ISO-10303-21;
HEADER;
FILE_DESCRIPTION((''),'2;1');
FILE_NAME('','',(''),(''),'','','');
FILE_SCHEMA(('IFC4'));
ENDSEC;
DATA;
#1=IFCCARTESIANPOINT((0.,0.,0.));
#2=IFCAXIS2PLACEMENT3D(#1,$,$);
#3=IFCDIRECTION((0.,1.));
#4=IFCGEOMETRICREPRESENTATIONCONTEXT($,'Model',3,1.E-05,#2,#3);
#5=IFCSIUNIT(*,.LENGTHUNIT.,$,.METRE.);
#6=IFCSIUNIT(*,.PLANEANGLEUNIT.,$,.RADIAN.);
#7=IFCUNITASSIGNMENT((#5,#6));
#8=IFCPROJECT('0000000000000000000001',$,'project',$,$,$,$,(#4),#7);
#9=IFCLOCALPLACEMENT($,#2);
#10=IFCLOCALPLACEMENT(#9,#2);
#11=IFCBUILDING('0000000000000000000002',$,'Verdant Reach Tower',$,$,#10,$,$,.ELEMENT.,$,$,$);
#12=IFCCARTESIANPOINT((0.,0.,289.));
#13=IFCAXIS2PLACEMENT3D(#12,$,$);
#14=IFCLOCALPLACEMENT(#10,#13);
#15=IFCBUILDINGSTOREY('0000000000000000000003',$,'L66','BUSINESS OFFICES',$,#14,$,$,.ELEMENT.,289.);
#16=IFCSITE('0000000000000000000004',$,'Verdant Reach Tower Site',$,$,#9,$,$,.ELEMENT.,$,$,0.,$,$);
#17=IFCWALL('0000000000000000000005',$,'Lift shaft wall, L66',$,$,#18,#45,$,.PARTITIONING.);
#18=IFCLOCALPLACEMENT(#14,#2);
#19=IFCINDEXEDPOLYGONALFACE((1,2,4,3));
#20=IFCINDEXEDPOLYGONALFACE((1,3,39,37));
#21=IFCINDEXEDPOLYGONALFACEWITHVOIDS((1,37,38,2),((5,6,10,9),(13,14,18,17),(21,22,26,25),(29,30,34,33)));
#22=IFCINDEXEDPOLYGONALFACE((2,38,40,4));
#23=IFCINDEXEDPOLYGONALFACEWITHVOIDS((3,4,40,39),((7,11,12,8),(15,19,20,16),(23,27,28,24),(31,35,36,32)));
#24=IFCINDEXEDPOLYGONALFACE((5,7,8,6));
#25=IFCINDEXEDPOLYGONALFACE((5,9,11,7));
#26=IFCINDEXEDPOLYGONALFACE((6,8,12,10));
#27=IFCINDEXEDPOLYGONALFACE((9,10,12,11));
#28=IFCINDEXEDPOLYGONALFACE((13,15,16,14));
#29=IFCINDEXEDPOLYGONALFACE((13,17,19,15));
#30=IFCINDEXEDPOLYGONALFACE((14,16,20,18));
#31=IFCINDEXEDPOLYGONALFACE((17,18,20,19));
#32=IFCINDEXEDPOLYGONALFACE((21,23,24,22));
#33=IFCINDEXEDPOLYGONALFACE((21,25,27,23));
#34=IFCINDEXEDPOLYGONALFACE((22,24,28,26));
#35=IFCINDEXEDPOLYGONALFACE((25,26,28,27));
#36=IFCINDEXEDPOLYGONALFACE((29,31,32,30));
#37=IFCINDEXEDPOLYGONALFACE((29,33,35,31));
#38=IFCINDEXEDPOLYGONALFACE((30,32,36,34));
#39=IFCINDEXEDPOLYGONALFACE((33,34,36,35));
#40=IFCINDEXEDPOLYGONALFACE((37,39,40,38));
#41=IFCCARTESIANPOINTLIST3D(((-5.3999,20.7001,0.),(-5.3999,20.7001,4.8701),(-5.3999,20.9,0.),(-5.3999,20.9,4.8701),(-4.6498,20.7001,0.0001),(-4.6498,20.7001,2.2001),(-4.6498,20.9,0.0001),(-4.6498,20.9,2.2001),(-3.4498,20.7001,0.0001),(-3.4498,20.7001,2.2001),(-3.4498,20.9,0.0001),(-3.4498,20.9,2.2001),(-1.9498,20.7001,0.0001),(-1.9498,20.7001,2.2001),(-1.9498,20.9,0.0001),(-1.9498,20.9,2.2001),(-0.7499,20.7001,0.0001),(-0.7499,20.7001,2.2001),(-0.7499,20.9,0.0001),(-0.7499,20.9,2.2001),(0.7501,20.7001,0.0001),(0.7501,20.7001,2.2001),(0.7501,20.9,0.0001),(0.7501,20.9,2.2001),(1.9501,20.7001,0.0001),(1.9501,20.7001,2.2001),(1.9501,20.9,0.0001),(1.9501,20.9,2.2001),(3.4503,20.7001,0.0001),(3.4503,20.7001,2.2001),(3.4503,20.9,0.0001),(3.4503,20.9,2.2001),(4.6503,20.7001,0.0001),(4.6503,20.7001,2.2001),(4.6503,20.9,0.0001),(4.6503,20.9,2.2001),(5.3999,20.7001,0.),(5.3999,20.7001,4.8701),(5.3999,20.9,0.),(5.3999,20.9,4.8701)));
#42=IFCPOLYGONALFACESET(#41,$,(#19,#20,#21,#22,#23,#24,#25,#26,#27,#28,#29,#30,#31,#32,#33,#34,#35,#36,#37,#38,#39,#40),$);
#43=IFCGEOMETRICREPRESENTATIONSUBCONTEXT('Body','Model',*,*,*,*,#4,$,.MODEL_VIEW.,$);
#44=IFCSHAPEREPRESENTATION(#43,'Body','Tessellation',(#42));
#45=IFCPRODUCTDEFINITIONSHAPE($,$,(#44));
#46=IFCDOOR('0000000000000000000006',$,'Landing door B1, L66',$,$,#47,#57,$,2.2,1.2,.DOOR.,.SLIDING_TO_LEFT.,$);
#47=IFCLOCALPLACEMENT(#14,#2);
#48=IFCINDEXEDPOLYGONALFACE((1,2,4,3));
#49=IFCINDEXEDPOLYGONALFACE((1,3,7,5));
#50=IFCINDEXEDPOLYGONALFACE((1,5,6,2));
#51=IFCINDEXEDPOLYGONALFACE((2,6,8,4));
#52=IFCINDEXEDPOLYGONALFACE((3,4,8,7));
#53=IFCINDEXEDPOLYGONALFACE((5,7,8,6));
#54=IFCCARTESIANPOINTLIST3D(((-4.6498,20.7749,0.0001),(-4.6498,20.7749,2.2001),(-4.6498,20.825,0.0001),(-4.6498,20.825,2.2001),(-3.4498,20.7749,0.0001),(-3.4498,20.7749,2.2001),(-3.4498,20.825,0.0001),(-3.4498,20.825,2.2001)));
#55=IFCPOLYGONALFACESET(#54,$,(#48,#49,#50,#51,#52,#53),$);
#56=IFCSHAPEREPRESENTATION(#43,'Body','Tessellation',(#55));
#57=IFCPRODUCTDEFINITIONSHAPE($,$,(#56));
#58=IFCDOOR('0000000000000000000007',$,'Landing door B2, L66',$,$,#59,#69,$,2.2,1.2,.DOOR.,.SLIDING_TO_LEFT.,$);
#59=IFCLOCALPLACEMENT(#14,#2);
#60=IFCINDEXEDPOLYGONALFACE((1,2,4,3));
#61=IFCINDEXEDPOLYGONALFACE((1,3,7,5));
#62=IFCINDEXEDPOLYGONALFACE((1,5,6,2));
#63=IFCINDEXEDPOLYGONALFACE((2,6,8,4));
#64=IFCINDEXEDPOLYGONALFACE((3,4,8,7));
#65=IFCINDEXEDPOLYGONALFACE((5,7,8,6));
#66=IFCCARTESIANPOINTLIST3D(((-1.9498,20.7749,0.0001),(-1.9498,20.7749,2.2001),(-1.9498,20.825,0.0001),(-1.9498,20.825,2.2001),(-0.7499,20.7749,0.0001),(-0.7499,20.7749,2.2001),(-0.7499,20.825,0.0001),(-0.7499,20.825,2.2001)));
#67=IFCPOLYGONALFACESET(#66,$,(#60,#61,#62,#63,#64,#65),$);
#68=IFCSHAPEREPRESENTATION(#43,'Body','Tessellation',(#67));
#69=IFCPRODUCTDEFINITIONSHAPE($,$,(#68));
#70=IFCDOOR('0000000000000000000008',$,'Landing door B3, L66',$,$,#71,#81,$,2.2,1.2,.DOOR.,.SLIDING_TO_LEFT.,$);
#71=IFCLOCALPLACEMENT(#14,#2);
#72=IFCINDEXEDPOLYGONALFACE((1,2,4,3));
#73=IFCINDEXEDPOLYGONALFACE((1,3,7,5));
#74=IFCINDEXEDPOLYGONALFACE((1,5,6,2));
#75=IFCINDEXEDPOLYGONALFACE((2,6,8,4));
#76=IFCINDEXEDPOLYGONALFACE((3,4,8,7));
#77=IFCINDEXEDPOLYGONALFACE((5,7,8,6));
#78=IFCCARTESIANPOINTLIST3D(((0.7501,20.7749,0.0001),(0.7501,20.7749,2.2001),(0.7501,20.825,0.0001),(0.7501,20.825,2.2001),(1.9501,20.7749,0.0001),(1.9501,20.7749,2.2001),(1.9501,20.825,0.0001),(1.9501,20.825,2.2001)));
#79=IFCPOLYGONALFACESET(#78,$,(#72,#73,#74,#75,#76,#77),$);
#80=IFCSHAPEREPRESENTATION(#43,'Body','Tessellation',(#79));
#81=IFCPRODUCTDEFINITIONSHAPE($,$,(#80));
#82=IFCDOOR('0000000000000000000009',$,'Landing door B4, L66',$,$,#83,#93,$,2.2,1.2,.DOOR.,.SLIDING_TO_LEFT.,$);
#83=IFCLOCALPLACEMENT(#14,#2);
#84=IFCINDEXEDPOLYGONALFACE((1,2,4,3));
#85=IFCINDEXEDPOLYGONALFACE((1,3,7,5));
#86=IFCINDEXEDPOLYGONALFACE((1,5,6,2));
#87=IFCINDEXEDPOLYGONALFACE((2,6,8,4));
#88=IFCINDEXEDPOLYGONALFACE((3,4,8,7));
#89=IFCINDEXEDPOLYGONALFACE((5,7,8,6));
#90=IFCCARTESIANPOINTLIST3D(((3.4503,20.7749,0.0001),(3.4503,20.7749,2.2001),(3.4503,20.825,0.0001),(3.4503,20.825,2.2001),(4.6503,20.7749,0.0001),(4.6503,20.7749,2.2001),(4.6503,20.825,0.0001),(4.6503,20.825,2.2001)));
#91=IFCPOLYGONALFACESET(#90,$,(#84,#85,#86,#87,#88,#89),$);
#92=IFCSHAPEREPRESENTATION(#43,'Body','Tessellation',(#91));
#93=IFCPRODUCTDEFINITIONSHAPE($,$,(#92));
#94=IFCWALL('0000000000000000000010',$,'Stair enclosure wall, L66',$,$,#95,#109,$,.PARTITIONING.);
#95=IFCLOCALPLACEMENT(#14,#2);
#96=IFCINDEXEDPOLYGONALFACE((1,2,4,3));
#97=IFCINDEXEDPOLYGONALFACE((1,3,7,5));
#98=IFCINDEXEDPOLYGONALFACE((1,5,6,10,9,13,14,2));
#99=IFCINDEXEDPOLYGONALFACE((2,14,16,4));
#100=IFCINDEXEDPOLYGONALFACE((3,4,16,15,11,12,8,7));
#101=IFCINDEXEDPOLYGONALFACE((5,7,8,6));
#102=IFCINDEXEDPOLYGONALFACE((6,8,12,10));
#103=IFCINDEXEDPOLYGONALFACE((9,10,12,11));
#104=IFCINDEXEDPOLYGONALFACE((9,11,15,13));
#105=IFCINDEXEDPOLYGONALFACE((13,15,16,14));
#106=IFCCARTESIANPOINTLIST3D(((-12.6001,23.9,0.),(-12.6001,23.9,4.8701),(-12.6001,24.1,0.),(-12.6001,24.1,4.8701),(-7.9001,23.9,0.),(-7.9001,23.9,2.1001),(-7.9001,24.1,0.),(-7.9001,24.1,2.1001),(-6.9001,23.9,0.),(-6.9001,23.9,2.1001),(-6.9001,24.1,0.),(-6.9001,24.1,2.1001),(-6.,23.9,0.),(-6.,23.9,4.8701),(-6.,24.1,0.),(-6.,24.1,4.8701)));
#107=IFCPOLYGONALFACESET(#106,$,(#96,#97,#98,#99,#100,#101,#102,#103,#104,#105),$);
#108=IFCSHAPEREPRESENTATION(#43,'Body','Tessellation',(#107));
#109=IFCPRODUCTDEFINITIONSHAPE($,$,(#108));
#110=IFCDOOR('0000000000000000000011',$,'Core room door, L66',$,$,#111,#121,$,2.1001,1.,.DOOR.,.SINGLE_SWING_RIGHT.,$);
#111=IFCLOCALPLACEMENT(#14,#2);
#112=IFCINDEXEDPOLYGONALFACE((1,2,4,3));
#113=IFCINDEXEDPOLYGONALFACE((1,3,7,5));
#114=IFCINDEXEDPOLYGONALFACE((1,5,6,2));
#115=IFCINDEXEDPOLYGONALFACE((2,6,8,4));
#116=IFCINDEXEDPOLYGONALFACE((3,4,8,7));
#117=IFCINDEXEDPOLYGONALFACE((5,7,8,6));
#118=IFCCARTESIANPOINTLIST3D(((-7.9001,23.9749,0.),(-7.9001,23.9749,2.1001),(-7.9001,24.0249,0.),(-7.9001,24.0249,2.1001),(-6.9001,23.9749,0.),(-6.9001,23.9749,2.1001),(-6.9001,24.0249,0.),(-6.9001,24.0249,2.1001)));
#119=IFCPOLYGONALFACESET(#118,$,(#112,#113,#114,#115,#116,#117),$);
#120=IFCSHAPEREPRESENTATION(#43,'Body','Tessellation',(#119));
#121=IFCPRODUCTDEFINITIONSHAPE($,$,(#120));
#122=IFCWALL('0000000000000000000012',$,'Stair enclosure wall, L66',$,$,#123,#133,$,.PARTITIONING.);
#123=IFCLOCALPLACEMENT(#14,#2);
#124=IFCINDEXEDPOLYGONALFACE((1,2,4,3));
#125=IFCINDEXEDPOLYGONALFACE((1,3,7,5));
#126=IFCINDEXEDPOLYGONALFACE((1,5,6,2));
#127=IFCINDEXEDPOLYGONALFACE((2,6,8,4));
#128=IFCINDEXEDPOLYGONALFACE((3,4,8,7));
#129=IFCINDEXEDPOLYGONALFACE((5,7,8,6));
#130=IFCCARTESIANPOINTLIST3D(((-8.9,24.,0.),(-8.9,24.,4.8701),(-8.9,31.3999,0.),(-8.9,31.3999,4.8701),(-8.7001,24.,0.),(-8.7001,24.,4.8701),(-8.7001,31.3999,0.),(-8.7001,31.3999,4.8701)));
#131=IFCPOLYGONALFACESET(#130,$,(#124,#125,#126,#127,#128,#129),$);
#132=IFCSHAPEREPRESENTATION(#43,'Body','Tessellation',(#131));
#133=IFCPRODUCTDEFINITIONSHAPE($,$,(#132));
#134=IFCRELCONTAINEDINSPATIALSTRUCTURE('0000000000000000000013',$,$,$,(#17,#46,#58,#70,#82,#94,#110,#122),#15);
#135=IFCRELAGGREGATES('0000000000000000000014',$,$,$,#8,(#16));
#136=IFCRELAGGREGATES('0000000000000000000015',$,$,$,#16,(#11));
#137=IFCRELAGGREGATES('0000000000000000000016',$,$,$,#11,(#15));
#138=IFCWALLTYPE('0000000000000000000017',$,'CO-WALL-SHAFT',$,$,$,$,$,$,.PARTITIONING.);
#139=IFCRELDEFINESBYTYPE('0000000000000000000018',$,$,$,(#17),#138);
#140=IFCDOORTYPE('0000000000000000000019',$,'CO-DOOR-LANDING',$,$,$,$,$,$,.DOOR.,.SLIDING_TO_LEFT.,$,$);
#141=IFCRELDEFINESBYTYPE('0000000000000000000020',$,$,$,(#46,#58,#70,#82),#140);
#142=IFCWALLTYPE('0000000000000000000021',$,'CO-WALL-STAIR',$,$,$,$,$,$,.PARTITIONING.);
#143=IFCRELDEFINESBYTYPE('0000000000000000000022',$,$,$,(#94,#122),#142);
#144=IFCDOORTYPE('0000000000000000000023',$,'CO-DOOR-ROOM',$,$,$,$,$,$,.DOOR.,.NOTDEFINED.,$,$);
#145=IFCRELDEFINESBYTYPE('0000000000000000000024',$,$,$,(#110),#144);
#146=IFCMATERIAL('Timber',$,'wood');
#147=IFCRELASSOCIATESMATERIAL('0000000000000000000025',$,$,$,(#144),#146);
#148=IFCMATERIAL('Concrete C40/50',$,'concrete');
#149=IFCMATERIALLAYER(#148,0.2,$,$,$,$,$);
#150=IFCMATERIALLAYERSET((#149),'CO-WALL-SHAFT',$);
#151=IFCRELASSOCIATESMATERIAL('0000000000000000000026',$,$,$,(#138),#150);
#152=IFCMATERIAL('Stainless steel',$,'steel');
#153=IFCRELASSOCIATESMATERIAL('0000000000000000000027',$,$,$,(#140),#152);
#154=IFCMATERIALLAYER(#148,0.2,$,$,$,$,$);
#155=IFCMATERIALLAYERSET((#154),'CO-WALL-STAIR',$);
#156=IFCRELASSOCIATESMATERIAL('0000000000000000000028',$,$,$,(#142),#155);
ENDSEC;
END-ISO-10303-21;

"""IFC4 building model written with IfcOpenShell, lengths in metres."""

from ifc_helpers import new_model, si_unit, direction, frame, frame_2d, origin, place, context, subcontext, project, spatial, rectangle, extrude, material, layer, layer_set, type_object, element, fill, save


model = new_model("IFC4")

# Units and contexts
model_context = context("Model", 3, precision=1e-05, world=origin(), true_north=direction((0.0, 1.0)))
body_context = subcontext(model_context, "Body", "Model", "MODEL_VIEW")
ifc_project = project(units=[si_unit("LENGTHUNIT", "METRE"), si_unit("PLANEANGLEUNIT", "RADIAN")], contexts=[model_context])

# Site, building, storey
site_placement = place(None, origin())
site = spatial("IfcSite", under=ifc_project, at=site_placement, Name="Verdant Reach Tower Site", CompositionType="ELEMENT", RefElevation=0.0)
building_placement = place(site_placement, origin())
building = spatial("IfcBuilding", under=site, at=building_placement, Name="Verdant Reach Tower", CompositionType="ELEMENT")
storey_placement = place(building_placement, frame((0.0, 0.0, 289.0)))
storey = spatial("IfcBuildingStorey", under=building, at=storey_placement, Name="L66", Description="BUSINESS OFFICES", CompositionType="ELEMENT", Elevation=289.0)

# Shared definitions
ifc_material_1 = material(Name="Timber", Category="wood")
door_type_1 = type_object("IfcDoorType", Name="CO-DOOR-ROOM", OperationType="NOTDEFINED", PredefinedType="DOOR", material=ifc_material_1)

# Wall, openings, doors
ifc_material_2 = material(Name="Concrete C40/50", Category="concrete")
ifc_layer_1 = layer(ifc_material_2, 0.2)
ifc_layer_set_1 = layer_set([ifc_layer_1], Name="CO-WALL-SHAFT")
wall_type_1 = type_object("IfcWallType", Name="CO-WALL-SHAFT", PredefinedType="PARTITIONING", material=ifc_layer_set_1)
wall_1_placement = place(storey_placement, frame((-5.3999, 20.8, 0.0), z_axis=(0.0, 0.0, 1.0), x_axis=(1.0, 0.0, 0.0)))
wall_1 = element("IfcWall", 1, at=wall_1_placement, inside=storey, type_object=wall_type_1, Name="Lift shaft wall, L66", PredefinedType="PARTITIONING", context=body_context, shape_type="SweptSolid", body=[
    extrude(rectangle(XDim=10.7998, YDim=0.2, at=frame_2d((5.3999, 0.0))), origin(), (0.0, 0.0, 1.0), 4.8701),
])
opening_1_placement = place(wall_1_placement, frame((0.75, 0.0, 0.0)))
opening_1 = element("IfcOpeningElement", 2, at=opening_1_placement, cuts=wall_1, PredefinedType="OPENING", context=body_context, shape_type="SweptSolid", body=[
    extrude(rectangle(XDim=1.2, YDim=2.2, at=frame_2d((0.6001, 1.1001))), frame((0.0, 0.1099, 0.0), z_axis=(0.0, -1.0, 0.0), x_axis=(1.0, 0.0, 0.0)), (0.0, 0.0, 1.0), 0.22),
])
opening_2_placement = place(wall_1_placement, frame((3.45, 0.0, 0.0)))
opening_2 = element("IfcOpeningElement", 3, at=opening_2_placement, cuts=wall_1, PredefinedType="OPENING", context=body_context, shape_type="SweptSolid", body=[
    extrude(rectangle(XDim=1.2, YDim=2.2, at=frame_2d((0.6001, 1.1001))), frame((0.0, 0.1099, 0.0), z_axis=(0.0, -1.0, 0.0), x_axis=(1.0, 0.0, 0.0)), (0.0, 0.0, 1.0), 0.22),
])
opening_3_placement = place(wall_1_placement, frame((6.1499, 0.0, 0.0)))
opening_3 = element("IfcOpeningElement", 4, at=opening_3_placement, cuts=wall_1, PredefinedType="OPENING", context=body_context, shape_type="SweptSolid", body=[
    extrude(rectangle(XDim=1.2, YDim=2.2, at=frame_2d((0.6001, 1.1001))), frame((0.0, 0.1099, 0.0), z_axis=(0.0, -1.0, 0.0), x_axis=(1.0, 0.0, 0.0)), (0.0, 0.0, 1.0), 0.22),
])
opening_4_placement = place(wall_1_placement, frame((8.8501, 0.0, 0.0)))
opening_4 = element("IfcOpeningElement", 5, at=opening_4_placement, cuts=wall_1, PredefinedType="OPENING", context=body_context, shape_type="SweptSolid", body=[
    extrude(rectangle(XDim=1.2, YDim=2.2, at=frame_2d((0.6001, 1.1001))), frame((0.0, 0.1099, 0.0), z_axis=(0.0, -1.0, 0.0), x_axis=(1.0, 0.0, 0.0)), (0.0, 0.0, 1.0), 0.22),
])
ifc_material_3 = material(Name="Stainless steel", Category="steel")
door_type_2 = type_object("IfcDoorType", Name="CO-DOOR-LANDING", OperationType="SLIDING_TO_LEFT", PredefinedType="DOOR", material=ifc_material_3)
door_1_placement = place(opening_1_placement, origin())
door_1 = element("IfcDoor", 6, at=door_1_placement, inside=storey, type_object=door_type_2, Name="Landing door B1, L66", OperationType="SLIDING_TO_LEFT", OverallHeight=2.2, OverallWidth=1.2, PredefinedType="DOOR", context=body_context, shape_type="SweptSolid", body=[
    extrude(rectangle(XDim=1.2, YDim=2.2, at=frame_2d((0.6001, 1.1001))), frame((0.0, 0.0249, 0.0), z_axis=(0.0, -1.0, 0.0), x_axis=(1.0, 0.0, 0.0)), (0.0, 0.0, 1.0), 0.05),
])
fill(opening_1, door_1)
door_2_placement = place(opening_2_placement, origin())
door_2 = element("IfcDoor", 7, at=door_2_placement, inside=storey, type_object=door_type_2, Name="Landing door B2, L66", OperationType="SLIDING_TO_LEFT", OverallHeight=2.2, OverallWidth=1.2, PredefinedType="DOOR", context=body_context, shape_type="SweptSolid", body=[
    extrude(rectangle(XDim=1.2, YDim=2.2, at=frame_2d((0.6001, 1.1001))), frame((0.0, 0.0249, 0.0), z_axis=(0.0, -1.0, 0.0), x_axis=(1.0, 0.0, 0.0)), (0.0, 0.0, 1.0), 0.05),
])
fill(opening_2, door_2)
door_3_placement = place(opening_3_placement, origin())
door_3 = element("IfcDoor", 8, at=door_3_placement, inside=storey, type_object=door_type_2, Name="Landing door B3, L66", OperationType="SLIDING_TO_LEFT", OverallHeight=2.2, OverallWidth=1.2, PredefinedType="DOOR", context=body_context, shape_type="SweptSolid", body=[
    extrude(rectangle(XDim=1.2, YDim=2.2, at=frame_2d((0.6001, 1.1001))), frame((0.0, 0.0249, 0.0), z_axis=(0.0, -1.0, 0.0), x_axis=(1.0, 0.0, 0.0)), (0.0, 0.0, 1.0), 0.05),
])
fill(opening_3, door_3)
door_4_placement = place(opening_4_placement, origin())
door_4 = element("IfcDoor", 9, at=door_4_placement, inside=storey, type_object=door_type_2, Name="Landing door B4, L66", OperationType="SLIDING_TO_LEFT", OverallHeight=2.2, OverallWidth=1.2, PredefinedType="DOOR", context=body_context, shape_type="SweptSolid", body=[
    extrude(rectangle(XDim=1.2, YDim=2.2, at=frame_2d((0.6001, 1.1001))), frame((0.0, 0.0249, 0.0), z_axis=(0.0, -1.0, 0.0), x_axis=(1.0, 0.0, 0.0)), (0.0, 0.0, 1.0), 0.05),
])
fill(opening_4, door_4)

# Wall, opening, door
ifc_layer_2 = layer(ifc_material_2, 0.2)
ifc_layer_set_2 = layer_set([ifc_layer_2], Name="CO-WALL-STAIR")
wall_type_2 = type_object("IfcWallType", Name="CO-WALL-STAIR", PredefinedType="PARTITIONING", material=ifc_layer_set_2)
wall_2_placement = place(storey_placement, frame((-12.6001, 24.0, 0.0), z_axis=(0.0, 0.0, 1.0), x_axis=(1.0, 0.0, 0.0)))
wall_2 = element("IfcWall", 10, at=wall_2_placement, inside=storey, type_object=wall_type_2, Name="Stair enclosure wall, L66", PredefinedType="PARTITIONING", context=body_context, shape_type="SweptSolid", body=[
    extrude(rectangle(XDim=6.6001, YDim=0.2, at=frame_2d((3.3, 0.0))), origin(), (0.0, 0.0, 1.0), 4.8701),
])
opening_5_placement = place(wall_2_placement, frame((4.7, 0.0, 0.0)))
opening_5 = element("IfcOpeningElement", 11, at=opening_5_placement, cuts=wall_2, PredefinedType="OPENING", context=body_context, shape_type="SweptSolid", body=[
    extrude(rectangle(XDim=1.0, YDim=2.1001, at=frame_2d((0.5, 1.05))), frame((0.0, 0.1099, 0.0), z_axis=(0.0, -1.0, 0.0), x_axis=(1.0, 0.0, 0.0)), (0.0, 0.0, 1.0), 0.22),
])
door_5_placement = place(opening_5_placement, origin())
door_5 = element("IfcDoor", 12, at=door_5_placement, inside=storey, type_object=door_type_1, Name="Core room door, L66", OperationType="SINGLE_SWING_RIGHT", OverallHeight=2.1001, OverallWidth=1.0, PredefinedType="DOOR", context=body_context, shape_type="SweptSolid", body=[
    extrude(rectangle(XDim=1.0, YDim=2.1001, at=frame_2d((0.5, 1.05))), frame((0.0, 0.0249, 0.0), z_axis=(0.0, -1.0, 0.0), x_axis=(1.0, 0.0, 0.0)), (0.0, 0.0, 1.0), 0.05),
])
fill(opening_5, door_5)

# Wall
wall_3_placement = place(storey_placement, frame((-8.8, 24.0, 0.0), z_axis=(0.0, 0.0, 1.0), x_axis=(0.0, 1.0, 0.0)))
element("IfcWall", 13, at=wall_3_placement, inside=storey, type_object=wall_type_2, Name="Stair enclosure wall, L66", PredefinedType="PARTITIONING", context=body_context, shape_type="SweptSolid", body=[
    extrude(rectangle(XDim=7.3999, YDim=0.2, at=frame_2d((3.7, 0.0))), origin(), (0.0, 0.0, 1.0), 4.8701),
])

save(model, "model.ifc")
